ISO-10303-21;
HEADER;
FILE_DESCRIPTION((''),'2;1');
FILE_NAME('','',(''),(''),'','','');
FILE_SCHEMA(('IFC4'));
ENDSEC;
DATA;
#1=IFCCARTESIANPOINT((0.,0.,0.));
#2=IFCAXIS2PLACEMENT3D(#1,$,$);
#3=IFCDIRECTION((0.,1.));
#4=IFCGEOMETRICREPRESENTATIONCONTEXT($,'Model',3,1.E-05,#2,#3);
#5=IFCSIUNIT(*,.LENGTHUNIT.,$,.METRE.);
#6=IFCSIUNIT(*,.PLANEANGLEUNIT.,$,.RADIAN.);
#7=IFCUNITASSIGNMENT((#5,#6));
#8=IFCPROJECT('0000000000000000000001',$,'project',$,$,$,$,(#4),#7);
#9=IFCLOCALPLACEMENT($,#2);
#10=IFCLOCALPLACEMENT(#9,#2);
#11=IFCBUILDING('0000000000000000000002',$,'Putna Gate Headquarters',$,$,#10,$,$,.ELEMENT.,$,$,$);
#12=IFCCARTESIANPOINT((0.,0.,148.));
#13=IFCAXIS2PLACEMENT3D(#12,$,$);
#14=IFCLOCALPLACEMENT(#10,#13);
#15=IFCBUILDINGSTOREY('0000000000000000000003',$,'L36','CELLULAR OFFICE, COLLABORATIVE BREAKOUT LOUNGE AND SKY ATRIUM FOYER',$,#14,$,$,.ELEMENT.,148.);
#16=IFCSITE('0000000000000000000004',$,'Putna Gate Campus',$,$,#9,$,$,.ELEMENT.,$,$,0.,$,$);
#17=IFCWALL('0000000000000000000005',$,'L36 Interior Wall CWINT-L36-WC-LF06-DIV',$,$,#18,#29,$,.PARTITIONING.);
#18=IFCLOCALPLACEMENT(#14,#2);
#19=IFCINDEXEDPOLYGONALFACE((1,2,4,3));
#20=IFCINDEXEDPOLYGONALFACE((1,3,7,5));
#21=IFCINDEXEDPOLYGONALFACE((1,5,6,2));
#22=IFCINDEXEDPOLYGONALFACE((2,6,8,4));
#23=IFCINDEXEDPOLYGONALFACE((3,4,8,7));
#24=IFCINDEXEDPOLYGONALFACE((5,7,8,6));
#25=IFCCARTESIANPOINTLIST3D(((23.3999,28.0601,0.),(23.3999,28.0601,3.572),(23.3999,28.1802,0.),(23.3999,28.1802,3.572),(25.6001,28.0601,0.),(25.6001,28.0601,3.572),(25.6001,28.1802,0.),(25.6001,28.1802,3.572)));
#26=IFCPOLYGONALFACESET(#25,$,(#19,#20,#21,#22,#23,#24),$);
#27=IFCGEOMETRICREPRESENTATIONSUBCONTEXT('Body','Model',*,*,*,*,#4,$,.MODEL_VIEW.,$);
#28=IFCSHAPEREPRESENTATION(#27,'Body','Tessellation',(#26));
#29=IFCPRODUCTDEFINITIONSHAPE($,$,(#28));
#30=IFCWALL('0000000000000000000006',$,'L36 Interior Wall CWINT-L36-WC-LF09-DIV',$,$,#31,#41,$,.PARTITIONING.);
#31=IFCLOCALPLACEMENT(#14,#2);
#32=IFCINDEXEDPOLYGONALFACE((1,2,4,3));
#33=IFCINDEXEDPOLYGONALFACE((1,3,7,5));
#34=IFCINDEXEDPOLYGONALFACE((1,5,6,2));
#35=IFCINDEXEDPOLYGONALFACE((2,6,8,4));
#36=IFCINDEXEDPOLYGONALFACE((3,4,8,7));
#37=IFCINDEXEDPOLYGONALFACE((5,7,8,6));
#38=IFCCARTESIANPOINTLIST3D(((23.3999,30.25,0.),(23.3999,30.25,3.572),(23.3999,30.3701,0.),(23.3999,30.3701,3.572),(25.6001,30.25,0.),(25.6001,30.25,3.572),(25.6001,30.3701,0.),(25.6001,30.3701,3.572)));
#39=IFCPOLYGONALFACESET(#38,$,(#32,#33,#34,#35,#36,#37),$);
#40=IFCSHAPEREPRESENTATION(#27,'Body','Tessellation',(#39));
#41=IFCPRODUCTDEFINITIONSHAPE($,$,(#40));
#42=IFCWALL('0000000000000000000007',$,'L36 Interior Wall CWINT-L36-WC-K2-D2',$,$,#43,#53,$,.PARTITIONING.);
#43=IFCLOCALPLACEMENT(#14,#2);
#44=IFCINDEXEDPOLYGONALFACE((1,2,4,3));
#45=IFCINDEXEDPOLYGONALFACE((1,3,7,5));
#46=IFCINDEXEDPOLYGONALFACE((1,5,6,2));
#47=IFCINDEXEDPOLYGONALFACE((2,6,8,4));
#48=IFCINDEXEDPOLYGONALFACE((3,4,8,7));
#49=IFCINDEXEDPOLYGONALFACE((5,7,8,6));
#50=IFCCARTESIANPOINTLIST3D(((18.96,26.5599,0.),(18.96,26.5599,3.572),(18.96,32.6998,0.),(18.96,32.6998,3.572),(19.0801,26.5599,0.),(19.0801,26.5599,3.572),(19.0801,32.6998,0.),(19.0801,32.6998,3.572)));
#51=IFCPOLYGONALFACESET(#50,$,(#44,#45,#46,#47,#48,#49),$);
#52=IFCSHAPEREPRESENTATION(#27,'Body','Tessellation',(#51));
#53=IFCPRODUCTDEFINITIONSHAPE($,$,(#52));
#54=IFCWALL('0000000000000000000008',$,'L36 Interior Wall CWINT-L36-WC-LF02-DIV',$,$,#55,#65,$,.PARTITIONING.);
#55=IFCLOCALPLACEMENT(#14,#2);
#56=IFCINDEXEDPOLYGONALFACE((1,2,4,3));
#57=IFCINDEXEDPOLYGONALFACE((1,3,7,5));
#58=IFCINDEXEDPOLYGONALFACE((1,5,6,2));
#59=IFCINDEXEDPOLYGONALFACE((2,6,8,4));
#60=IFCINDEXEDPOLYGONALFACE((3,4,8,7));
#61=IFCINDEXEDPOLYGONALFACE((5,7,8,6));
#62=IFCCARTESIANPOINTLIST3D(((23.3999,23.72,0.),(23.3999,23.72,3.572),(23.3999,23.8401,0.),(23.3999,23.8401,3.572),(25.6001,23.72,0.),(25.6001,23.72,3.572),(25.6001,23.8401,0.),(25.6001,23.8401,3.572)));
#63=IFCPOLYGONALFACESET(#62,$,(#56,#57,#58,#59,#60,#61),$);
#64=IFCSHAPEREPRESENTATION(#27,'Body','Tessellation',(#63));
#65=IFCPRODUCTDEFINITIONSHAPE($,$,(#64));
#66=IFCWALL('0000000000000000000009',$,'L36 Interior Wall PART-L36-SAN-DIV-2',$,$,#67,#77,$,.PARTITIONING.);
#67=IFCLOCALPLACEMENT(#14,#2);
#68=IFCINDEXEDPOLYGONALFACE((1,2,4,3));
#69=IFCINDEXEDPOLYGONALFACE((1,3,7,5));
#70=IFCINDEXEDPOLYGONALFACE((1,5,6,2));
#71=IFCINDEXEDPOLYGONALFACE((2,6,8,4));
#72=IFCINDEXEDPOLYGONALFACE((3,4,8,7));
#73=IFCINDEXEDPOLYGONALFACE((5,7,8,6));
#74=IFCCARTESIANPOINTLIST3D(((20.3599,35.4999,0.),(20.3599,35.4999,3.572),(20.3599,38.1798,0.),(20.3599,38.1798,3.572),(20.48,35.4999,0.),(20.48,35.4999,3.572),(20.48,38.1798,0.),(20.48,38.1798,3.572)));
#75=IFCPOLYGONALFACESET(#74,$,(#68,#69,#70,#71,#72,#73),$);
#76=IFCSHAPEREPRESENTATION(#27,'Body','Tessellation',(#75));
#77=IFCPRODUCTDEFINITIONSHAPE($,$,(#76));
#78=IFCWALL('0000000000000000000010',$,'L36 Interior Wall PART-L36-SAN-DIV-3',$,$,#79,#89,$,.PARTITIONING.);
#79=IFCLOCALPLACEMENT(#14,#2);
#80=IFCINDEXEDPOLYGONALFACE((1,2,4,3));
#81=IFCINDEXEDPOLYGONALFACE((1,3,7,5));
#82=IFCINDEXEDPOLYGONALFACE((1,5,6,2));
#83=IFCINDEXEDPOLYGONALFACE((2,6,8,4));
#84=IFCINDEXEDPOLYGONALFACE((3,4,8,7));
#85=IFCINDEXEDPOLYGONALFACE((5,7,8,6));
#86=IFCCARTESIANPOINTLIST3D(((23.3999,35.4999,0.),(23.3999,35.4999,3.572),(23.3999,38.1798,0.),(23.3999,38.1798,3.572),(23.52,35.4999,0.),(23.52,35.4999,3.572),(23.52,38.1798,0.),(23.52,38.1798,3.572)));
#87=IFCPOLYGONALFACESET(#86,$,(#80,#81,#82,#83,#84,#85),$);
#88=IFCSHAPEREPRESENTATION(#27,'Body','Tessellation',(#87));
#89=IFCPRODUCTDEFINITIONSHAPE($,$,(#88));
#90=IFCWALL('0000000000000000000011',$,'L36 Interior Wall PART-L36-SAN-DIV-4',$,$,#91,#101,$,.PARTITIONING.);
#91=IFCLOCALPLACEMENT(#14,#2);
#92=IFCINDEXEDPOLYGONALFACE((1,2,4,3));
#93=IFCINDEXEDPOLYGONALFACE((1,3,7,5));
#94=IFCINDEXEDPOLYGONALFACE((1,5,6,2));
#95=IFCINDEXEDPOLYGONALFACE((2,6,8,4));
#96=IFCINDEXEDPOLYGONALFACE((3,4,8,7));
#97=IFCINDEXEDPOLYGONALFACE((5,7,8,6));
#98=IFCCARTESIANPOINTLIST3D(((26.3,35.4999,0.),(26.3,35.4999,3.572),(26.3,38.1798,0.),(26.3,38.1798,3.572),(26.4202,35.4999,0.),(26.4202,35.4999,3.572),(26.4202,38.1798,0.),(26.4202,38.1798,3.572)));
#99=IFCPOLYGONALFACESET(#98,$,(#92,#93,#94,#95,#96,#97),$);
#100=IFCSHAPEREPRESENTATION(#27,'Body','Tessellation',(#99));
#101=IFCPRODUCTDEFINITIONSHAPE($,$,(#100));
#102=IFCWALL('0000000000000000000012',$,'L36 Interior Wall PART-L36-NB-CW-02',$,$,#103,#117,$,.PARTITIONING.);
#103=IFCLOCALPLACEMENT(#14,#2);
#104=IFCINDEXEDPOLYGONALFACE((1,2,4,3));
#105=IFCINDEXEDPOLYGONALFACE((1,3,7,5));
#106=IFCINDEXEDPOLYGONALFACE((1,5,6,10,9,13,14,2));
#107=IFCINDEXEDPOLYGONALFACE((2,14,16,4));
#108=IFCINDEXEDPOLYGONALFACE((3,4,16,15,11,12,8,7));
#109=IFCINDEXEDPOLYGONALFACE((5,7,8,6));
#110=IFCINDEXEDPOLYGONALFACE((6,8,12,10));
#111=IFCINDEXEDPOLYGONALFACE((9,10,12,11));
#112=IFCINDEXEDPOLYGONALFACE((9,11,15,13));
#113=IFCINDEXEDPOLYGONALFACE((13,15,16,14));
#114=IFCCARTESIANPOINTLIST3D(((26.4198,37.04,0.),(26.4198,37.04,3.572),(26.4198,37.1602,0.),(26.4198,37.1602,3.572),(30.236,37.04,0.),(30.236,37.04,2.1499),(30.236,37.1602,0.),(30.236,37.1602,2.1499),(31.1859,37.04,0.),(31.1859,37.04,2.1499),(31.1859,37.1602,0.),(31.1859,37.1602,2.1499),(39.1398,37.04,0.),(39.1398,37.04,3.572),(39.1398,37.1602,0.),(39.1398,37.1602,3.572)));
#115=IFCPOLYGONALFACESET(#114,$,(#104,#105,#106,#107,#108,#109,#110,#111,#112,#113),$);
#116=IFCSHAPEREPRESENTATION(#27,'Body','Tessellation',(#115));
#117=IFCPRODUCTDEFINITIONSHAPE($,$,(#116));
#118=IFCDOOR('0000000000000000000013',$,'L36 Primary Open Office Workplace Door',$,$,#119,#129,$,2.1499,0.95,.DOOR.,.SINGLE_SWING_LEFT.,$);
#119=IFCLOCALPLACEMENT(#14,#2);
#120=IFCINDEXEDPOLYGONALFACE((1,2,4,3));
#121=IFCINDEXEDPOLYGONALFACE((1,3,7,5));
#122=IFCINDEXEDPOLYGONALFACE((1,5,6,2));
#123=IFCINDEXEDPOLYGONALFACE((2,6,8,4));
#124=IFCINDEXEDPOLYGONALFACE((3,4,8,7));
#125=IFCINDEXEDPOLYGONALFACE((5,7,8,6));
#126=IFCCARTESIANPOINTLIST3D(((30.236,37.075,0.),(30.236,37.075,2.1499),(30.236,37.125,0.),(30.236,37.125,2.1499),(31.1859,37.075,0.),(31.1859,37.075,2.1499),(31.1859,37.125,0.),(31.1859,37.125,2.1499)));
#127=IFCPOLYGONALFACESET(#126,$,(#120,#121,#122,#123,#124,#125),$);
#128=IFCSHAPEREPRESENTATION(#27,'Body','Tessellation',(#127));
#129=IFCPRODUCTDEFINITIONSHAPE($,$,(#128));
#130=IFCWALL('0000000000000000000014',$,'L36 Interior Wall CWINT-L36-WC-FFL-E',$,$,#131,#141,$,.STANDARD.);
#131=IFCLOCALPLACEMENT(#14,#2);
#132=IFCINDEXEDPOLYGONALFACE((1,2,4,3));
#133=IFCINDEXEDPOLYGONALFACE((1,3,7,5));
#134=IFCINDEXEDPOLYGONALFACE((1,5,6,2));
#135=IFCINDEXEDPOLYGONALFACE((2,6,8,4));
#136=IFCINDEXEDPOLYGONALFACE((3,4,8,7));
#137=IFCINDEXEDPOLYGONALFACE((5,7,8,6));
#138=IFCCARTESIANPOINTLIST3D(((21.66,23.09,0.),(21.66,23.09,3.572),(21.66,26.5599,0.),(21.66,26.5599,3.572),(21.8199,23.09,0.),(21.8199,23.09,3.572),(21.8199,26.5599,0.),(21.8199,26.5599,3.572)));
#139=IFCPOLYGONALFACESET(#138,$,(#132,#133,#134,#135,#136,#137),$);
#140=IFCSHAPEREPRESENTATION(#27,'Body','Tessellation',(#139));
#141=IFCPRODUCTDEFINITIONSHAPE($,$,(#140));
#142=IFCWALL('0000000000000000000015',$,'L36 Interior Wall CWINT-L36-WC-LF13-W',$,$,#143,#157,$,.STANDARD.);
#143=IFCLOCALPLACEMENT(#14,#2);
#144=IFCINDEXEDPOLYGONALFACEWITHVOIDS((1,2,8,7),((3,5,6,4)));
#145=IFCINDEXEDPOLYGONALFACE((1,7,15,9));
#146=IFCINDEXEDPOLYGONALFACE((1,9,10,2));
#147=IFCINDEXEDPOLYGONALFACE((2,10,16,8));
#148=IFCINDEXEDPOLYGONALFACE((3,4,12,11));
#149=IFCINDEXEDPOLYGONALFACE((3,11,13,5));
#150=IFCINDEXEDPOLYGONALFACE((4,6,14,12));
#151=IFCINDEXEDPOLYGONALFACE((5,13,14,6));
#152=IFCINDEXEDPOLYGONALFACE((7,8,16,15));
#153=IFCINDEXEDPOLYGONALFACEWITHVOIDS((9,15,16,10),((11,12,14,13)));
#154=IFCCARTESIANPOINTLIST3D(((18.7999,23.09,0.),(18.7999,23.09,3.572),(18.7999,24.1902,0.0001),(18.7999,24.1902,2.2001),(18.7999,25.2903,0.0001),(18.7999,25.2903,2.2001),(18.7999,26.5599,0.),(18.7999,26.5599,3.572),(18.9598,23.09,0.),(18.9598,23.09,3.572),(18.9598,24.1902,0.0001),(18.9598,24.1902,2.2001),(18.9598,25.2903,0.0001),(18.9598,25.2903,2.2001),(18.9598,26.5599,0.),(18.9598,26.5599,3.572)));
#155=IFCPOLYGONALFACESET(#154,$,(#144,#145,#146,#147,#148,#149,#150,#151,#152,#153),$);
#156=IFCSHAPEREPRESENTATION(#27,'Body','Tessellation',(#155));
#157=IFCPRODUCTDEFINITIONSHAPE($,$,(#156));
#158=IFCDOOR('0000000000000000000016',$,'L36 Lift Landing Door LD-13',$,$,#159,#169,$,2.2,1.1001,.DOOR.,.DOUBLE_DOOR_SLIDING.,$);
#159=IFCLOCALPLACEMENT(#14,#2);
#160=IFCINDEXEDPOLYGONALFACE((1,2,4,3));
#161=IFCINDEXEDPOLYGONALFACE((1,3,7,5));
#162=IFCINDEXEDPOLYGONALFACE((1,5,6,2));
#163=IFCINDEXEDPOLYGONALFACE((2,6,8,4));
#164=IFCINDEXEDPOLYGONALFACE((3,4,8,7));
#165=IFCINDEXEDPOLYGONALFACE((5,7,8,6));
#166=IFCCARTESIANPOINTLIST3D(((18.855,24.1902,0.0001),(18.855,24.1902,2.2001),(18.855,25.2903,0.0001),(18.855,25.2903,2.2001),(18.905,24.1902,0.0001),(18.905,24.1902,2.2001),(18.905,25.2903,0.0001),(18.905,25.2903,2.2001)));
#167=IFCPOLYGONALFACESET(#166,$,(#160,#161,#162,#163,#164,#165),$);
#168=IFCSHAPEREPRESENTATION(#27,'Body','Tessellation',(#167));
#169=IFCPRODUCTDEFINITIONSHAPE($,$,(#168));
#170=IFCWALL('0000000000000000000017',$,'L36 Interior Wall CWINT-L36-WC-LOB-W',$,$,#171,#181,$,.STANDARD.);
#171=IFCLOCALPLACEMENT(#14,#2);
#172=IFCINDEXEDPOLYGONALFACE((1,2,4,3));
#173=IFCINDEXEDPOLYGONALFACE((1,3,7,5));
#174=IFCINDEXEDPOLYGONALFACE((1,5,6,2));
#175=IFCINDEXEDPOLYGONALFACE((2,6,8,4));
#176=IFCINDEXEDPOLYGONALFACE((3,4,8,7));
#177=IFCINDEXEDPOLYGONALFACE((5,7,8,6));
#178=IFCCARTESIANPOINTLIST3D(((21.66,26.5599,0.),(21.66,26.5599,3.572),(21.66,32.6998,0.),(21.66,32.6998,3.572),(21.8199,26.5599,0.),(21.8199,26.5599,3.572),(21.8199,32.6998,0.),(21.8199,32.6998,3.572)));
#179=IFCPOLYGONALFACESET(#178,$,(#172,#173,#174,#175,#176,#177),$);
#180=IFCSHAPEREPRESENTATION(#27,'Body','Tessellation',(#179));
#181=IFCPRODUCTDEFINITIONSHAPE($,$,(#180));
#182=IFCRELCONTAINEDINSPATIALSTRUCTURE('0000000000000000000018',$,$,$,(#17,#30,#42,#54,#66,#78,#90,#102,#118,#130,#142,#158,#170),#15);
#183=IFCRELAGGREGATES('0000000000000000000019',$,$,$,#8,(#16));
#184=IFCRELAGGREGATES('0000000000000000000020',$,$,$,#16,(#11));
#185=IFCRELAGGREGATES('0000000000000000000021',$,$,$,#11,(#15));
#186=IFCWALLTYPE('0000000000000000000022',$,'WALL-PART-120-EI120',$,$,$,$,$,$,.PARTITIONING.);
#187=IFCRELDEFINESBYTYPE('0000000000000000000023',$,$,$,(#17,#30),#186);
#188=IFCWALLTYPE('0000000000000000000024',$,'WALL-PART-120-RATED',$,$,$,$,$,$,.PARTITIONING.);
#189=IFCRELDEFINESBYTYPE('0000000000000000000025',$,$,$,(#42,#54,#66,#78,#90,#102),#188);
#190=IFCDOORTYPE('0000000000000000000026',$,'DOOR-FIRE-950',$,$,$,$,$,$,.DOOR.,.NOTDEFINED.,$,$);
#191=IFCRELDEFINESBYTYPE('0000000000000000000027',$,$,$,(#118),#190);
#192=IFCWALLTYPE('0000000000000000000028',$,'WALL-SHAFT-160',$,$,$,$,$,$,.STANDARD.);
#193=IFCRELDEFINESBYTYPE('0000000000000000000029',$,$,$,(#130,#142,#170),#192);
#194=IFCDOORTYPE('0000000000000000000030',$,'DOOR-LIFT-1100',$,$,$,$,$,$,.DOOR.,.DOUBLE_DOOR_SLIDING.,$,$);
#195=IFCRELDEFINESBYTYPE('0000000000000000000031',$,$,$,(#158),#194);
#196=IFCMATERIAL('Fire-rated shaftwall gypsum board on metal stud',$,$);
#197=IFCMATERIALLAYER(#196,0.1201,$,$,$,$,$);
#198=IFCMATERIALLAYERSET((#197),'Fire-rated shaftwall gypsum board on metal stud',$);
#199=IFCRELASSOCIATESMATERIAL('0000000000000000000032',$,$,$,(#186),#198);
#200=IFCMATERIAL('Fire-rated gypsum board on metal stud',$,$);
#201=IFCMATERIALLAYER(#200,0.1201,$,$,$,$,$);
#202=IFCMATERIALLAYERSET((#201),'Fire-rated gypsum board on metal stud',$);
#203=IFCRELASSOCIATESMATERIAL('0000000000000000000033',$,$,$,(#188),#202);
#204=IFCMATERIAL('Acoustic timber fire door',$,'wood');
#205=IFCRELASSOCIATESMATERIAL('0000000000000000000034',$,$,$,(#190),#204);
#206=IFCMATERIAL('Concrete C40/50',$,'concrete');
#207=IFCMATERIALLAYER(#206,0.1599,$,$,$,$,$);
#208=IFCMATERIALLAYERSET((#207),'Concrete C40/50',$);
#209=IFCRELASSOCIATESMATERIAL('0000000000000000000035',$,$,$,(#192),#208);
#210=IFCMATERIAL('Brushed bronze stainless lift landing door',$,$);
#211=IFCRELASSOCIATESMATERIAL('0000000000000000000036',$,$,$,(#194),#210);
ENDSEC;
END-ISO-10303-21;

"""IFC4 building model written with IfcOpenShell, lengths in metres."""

from ifc_helpers import new_model, si_unit, direction, frame, frame_2d, origin, place, context, subcontext, project, spatial, rectangle, extrude, material, layer, layer_set, type_object, element, fill, save


model = new_model("IFC4")

# Units and contexts
model_context = context("Model", 3, precision=1e-05, world=origin(), true_north=direction((0.0, 1.0)))
body_context = subcontext(model_context, "Body", "Model", "MODEL_VIEW")
ifc_project = project(units=[si_unit("LENGTHUNIT", "METRE"), si_unit("PLANEANGLEUNIT", "RADIAN")], contexts=[model_context])

# Site, building, storey
site_placement = place(None, origin())
site = spatial("IfcSite", under=ifc_project, at=site_placement, Name="Putna Gate Campus", CompositionType="ELEMENT", RefElevation=0.0)
building_placement = place(site_placement, origin())
building = spatial("IfcBuilding", under=site, at=building_placement, Name="Putna Gate Headquarters", CompositionType="ELEMENT")
storey_placement = place(building_placement, frame((0.0, 0.0, 148.0)))
storey = spatial("IfcBuildingStorey", under=building, at=storey_placement, Name="L36", Description="CELLULAR OFFICE, COLLABORATIVE BREAKOUT LOUNGE AND SKY ATRIUM FOYER", CompositionType="ELEMENT", Elevation=148.0)

# Walls
ifc_material_1 = material(Name="Fire-rated shaftwall gypsum board on metal stud")
ifc_layer_1 = layer(ifc_material_1, 0.1201)
ifc_layer_set_1 = layer_set([ifc_layer_1], Name="Fire-rated shaftwall gypsum board on metal stud")
wall_type_1 = type_object("IfcWallType", Name="WALL-PART-120-EI120", PredefinedType="PARTITIONING", material=ifc_layer_set_1)
for number, where, z_axis, x_axis, name in (
    (1, (23.3999, 28.1201, 0.0), (0.0, 0.0, 1.0), (1.0, 0.0, 0.0), "L36 Interior Wall CWINT-L36-WC-LF06-DIV"),
    (2, (23.3999, 30.3101, 0.0), (0.0, 0.0, 1.0), (1.0, 0.0, 0.0), "L36 Interior Wall CWINT-L36-WC-LF09-DIV"),
):
    element("IfcWall", number, at=place(storey_placement, frame(where, z_axis=z_axis, x_axis=x_axis)), inside=storey, type_object=wall_type_1, Name=name, PredefinedType="PARTITIONING", context=body_context, shape_type="SweptSolid", body=[
        extrude(rectangle(XDim=2.2002, YDim=0.1201, at=frame_2d((1.1001, 0.0))), origin(), (0.0, 0.0, 1.0), 3.572),
    ])
ifc_material_2 = material(Name="Fire-rated gypsum board on metal stud")
ifc_layer_2 = layer(ifc_material_2, 0.1201)
ifc_layer_set_2 = layer_set([ifc_layer_2], Name="Fire-rated gypsum board on metal stud")
wall_type_2 = type_object("IfcWallType", Name="WALL-PART-120-RATED", PredefinedType="PARTITIONING", material=ifc_layer_set_2)
wall_1_placement = place(storey_placement, frame((19.02, 26.5601, 0.0), z_axis=(0.0, 0.0, 1.0), x_axis=(0.0, 1.0, 0.0)))
element("IfcWall", 3, at=wall_1_placement, inside=storey, type_object=wall_type_2, Name="L36 Interior Wall CWINT-L36-WC-K2-D2", PredefinedType="PARTITIONING", context=body_context, shape_type="SweptSolid", body=[
    extrude(rectangle(XDim=6.1399, YDim=0.1201, at=frame_2d((3.0698, 0.0))), origin(), (0.0, 0.0, 1.0), 3.572),
])
wall_2_placement = place(storey_placement, frame((23.3999, 23.78, 0.0), z_axis=(0.0, 0.0, 1.0), x_axis=(1.0, 0.0, 0.0)))
element("IfcWall", 4, at=wall_2_placement, inside=storey, type_object=wall_type_2, Name="L36 Interior Wall CWINT-L36-WC-LF02-DIV", PredefinedType="PARTITIONING", context=body_context, shape_type="SweptSolid", body=[
    extrude(rectangle(XDim=2.2002, YDim=0.1201, at=frame_2d((1.1001, 0.0))), origin(), (0.0, 0.0, 1.0), 3.572),
])
for number, where, z_axis, x_axis, name in (
    (5, (20.4199, 35.5, 0.0), (0.0, 0.0, 1.0), (0.0, 1.0, 0.0), "L36 Interior Wall PART-L36-SAN-DIV-2"),
    (6, (23.46, 35.5, 0.0), (0.0, 0.0, 1.0), (0.0, 1.0, 0.0), "L36 Interior Wall PART-L36-SAN-DIV-3"),
    (7, (26.3601, 35.5, 0.0), (0.0, 0.0, 1.0), (0.0, 1.0, 0.0), "L36 Interior Wall PART-L36-SAN-DIV-4"),
):
    element("IfcWall", number, at=place(storey_placement, frame(where, z_axis=z_axis, x_axis=x_axis)), inside=storey, type_object=wall_type_2, Name=name, PredefinedType="PARTITIONING", context=body_context, shape_type="SweptSolid", body=[
        extrude(rectangle(XDim=2.6799, YDim=0.1201, at=frame_2d((1.3398, 0.0))), origin(), (0.0, 0.0, 1.0), 3.572),
    ])

# Wall, opening, door
wall_3_placement = place(storey_placement, frame((26.4199, 37.1001, 0.0), z_axis=(0.0, 0.0, 1.0), x_axis=(1.0, 0.0, 0.0)))
wall_3 = element("IfcWall", 8, at=wall_3_placement, inside=storey, type_object=wall_type_2, Name="L36 Interior Wall PART-L36-NB-CW-02", PredefinedType="PARTITIONING", context=body_context, shape_type="SweptSolid", body=[
    extrude(rectangle(XDim=12.72, YDim=0.1201, at=frame_2d((6.3599, 0.0))), origin(), (0.0, 0.0, 1.0), 3.572),
])
opening_1_placement = place(wall_3_placement, frame((3.8159, 0.0, 0.0)))
opening_1 = element("IfcOpeningElement", 9, at=opening_1_placement, cuts=wall_3, PredefinedType="OPENING", context=body_context, shape_type="SweptSolid", body=[
    extrude(rectangle(XDim=0.95, YDim=2.1499, at=frame_2d((0.4751, 1.075))), frame((0.0, 0.0701, 0.0), z_axis=(0.0, -1.0, 0.0), x_axis=(1.0, 0.0, 0.0)), (0.0, 0.0, 1.0), 0.1401),
])
ifc_material_3 = material(Name="Acoustic timber fire door", Category="wood")
door_type_1 = type_object("IfcDoorType", Name="DOOR-FIRE-950", OperationType="NOTDEFINED", PredefinedType="DOOR", material=ifc_material_3)
door_1_placement = place(opening_1_placement, origin())
door_1 = element("IfcDoor", 10, at=door_1_placement, inside=storey, type_object=door_type_1, Name="L36 Primary Open Office Workplace Door", OperationType="SINGLE_SWING_LEFT", OverallHeight=2.1499, OverallWidth=0.95, PredefinedType="DOOR", context=body_context, shape_type="SweptSolid", body=[
    extrude(rectangle(XDim=0.95, YDim=2.1499, at=frame_2d((0.4751, 1.075))), frame((0.0, 0.0249, 0.0), z_axis=(0.0, -1.0, 0.0), x_axis=(1.0, 0.0, 0.0)), (0.0, 0.0, 1.0), 0.05),
])
fill(opening_1, door_1)

# Wall
ifc_material_4 = material(Name="Concrete C40/50", Category="concrete")
ifc_layer_3 = layer(ifc_material_4, 0.1599)
ifc_layer_set_3 = layer_set([ifc_layer_3], Name="Concrete C40/50")
wall_type_3 = type_object("IfcWallType", Name="WALL-SHAFT-160", PredefinedType="STANDARD", material=ifc_layer_set_3)
wall_4_placement = place(storey_placement, frame((21.74, 23.0901, 0.0), z_axis=(0.0, 0.0, 1.0), x_axis=(0.0, 1.0, 0.0)))
element("IfcWall", 11, at=wall_4_placement, inside=storey, type_object=wall_type_3, Name="L36 Interior Wall CWINT-L36-WC-FFL-E", PredefinedType="STANDARD", context=body_context, shape_type="SweptSolid", body=[
    extrude(rectangle(XDim=3.47, YDim=0.1599, at=frame_2d((1.7349, 0.0))), origin(), (0.0, 0.0, 1.0), 3.572),
])

# Wall, opening, door
wall_5_placement = place(storey_placement, frame((18.8799, 23.0901, 0.0), z_axis=(0.0, 0.0, 1.0), x_axis=(0.0, 1.0, 0.0)))
wall_5 = element("IfcWall", 12, at=wall_5_placement, inside=storey, type_object=wall_type_3, Name="L36 Interior Wall CWINT-L36-WC-LF13-W", PredefinedType="STANDARD", context=body_context, shape_type="SweptSolid", body=[
    extrude(rectangle(XDim=3.47, YDim=0.1599, at=frame_2d((1.7349, 0.0))), origin(), (0.0, 0.0, 1.0), 3.572),
])
opening_2_placement = place(wall_5_placement, frame((1.1001, 0.0, 0.0)))
opening_2 = element("IfcOpeningElement", 13, at=opening_2_placement, cuts=wall_5, PredefinedType="OPENING", context=body_context, shape_type="SweptSolid", body=[
    extrude(rectangle(XDim=1.1001, YDim=2.2, at=frame_2d((0.55, 1.1001))), frame((0.0, 0.0898, 0.0), z_axis=(0.0, -1.0, 0.0), x_axis=(1.0, 0.0, 0.0)), (0.0, 0.0, 1.0), 0.1799),
])
ifc_material_5 = material(Name="Brushed bronze stainless lift landing door")
door_type_2 = type_object("IfcDoorType", Name="DOOR-LIFT-1100", OperationType="DOUBLE_DOOR_SLIDING", PredefinedType="DOOR", material=ifc_material_5)
door_2_placement = place(opening_2_placement, origin())
door_2 = element("IfcDoor", 14, at=door_2_placement, inside=storey, type_object=door_type_2, Name="L36 Lift Landing Door LD-13", OperationType="DOUBLE_DOOR_SLIDING", OverallHeight=2.2, OverallWidth=1.1001, PredefinedType="DOOR", context=body_context, shape_type="SweptSolid", body=[
    extrude(rectangle(XDim=1.1001, YDim=2.2, at=frame_2d((0.55, 1.1001))), frame((0.0, 0.0249, 0.0), z_axis=(0.0, -1.0, 0.0), x_axis=(1.0, 0.0, 0.0)), (0.0, 0.0, 1.0), 0.05),
])
fill(opening_2, door_2)

# Wall
wall_6_placement = place(storey_placement, frame((21.74, 26.5601, 0.0), z_axis=(0.0, 0.0, 1.0), x_axis=(0.0, 1.0, 0.0)))
element("IfcWall", 15, at=wall_6_placement, inside=storey, type_object=wall_type_3, Name="L36 Interior Wall CWINT-L36-WC-LOB-W", PredefinedType="STANDARD", context=body_context, shape_type="SweptSolid", body=[
    extrude(rectangle(XDim=6.1399, YDim=0.1599, at=frame_2d((3.0698, 0.0))), origin(), (0.0, 0.0, 1.0), 3.572),
])

save(model, "model.ifc")
